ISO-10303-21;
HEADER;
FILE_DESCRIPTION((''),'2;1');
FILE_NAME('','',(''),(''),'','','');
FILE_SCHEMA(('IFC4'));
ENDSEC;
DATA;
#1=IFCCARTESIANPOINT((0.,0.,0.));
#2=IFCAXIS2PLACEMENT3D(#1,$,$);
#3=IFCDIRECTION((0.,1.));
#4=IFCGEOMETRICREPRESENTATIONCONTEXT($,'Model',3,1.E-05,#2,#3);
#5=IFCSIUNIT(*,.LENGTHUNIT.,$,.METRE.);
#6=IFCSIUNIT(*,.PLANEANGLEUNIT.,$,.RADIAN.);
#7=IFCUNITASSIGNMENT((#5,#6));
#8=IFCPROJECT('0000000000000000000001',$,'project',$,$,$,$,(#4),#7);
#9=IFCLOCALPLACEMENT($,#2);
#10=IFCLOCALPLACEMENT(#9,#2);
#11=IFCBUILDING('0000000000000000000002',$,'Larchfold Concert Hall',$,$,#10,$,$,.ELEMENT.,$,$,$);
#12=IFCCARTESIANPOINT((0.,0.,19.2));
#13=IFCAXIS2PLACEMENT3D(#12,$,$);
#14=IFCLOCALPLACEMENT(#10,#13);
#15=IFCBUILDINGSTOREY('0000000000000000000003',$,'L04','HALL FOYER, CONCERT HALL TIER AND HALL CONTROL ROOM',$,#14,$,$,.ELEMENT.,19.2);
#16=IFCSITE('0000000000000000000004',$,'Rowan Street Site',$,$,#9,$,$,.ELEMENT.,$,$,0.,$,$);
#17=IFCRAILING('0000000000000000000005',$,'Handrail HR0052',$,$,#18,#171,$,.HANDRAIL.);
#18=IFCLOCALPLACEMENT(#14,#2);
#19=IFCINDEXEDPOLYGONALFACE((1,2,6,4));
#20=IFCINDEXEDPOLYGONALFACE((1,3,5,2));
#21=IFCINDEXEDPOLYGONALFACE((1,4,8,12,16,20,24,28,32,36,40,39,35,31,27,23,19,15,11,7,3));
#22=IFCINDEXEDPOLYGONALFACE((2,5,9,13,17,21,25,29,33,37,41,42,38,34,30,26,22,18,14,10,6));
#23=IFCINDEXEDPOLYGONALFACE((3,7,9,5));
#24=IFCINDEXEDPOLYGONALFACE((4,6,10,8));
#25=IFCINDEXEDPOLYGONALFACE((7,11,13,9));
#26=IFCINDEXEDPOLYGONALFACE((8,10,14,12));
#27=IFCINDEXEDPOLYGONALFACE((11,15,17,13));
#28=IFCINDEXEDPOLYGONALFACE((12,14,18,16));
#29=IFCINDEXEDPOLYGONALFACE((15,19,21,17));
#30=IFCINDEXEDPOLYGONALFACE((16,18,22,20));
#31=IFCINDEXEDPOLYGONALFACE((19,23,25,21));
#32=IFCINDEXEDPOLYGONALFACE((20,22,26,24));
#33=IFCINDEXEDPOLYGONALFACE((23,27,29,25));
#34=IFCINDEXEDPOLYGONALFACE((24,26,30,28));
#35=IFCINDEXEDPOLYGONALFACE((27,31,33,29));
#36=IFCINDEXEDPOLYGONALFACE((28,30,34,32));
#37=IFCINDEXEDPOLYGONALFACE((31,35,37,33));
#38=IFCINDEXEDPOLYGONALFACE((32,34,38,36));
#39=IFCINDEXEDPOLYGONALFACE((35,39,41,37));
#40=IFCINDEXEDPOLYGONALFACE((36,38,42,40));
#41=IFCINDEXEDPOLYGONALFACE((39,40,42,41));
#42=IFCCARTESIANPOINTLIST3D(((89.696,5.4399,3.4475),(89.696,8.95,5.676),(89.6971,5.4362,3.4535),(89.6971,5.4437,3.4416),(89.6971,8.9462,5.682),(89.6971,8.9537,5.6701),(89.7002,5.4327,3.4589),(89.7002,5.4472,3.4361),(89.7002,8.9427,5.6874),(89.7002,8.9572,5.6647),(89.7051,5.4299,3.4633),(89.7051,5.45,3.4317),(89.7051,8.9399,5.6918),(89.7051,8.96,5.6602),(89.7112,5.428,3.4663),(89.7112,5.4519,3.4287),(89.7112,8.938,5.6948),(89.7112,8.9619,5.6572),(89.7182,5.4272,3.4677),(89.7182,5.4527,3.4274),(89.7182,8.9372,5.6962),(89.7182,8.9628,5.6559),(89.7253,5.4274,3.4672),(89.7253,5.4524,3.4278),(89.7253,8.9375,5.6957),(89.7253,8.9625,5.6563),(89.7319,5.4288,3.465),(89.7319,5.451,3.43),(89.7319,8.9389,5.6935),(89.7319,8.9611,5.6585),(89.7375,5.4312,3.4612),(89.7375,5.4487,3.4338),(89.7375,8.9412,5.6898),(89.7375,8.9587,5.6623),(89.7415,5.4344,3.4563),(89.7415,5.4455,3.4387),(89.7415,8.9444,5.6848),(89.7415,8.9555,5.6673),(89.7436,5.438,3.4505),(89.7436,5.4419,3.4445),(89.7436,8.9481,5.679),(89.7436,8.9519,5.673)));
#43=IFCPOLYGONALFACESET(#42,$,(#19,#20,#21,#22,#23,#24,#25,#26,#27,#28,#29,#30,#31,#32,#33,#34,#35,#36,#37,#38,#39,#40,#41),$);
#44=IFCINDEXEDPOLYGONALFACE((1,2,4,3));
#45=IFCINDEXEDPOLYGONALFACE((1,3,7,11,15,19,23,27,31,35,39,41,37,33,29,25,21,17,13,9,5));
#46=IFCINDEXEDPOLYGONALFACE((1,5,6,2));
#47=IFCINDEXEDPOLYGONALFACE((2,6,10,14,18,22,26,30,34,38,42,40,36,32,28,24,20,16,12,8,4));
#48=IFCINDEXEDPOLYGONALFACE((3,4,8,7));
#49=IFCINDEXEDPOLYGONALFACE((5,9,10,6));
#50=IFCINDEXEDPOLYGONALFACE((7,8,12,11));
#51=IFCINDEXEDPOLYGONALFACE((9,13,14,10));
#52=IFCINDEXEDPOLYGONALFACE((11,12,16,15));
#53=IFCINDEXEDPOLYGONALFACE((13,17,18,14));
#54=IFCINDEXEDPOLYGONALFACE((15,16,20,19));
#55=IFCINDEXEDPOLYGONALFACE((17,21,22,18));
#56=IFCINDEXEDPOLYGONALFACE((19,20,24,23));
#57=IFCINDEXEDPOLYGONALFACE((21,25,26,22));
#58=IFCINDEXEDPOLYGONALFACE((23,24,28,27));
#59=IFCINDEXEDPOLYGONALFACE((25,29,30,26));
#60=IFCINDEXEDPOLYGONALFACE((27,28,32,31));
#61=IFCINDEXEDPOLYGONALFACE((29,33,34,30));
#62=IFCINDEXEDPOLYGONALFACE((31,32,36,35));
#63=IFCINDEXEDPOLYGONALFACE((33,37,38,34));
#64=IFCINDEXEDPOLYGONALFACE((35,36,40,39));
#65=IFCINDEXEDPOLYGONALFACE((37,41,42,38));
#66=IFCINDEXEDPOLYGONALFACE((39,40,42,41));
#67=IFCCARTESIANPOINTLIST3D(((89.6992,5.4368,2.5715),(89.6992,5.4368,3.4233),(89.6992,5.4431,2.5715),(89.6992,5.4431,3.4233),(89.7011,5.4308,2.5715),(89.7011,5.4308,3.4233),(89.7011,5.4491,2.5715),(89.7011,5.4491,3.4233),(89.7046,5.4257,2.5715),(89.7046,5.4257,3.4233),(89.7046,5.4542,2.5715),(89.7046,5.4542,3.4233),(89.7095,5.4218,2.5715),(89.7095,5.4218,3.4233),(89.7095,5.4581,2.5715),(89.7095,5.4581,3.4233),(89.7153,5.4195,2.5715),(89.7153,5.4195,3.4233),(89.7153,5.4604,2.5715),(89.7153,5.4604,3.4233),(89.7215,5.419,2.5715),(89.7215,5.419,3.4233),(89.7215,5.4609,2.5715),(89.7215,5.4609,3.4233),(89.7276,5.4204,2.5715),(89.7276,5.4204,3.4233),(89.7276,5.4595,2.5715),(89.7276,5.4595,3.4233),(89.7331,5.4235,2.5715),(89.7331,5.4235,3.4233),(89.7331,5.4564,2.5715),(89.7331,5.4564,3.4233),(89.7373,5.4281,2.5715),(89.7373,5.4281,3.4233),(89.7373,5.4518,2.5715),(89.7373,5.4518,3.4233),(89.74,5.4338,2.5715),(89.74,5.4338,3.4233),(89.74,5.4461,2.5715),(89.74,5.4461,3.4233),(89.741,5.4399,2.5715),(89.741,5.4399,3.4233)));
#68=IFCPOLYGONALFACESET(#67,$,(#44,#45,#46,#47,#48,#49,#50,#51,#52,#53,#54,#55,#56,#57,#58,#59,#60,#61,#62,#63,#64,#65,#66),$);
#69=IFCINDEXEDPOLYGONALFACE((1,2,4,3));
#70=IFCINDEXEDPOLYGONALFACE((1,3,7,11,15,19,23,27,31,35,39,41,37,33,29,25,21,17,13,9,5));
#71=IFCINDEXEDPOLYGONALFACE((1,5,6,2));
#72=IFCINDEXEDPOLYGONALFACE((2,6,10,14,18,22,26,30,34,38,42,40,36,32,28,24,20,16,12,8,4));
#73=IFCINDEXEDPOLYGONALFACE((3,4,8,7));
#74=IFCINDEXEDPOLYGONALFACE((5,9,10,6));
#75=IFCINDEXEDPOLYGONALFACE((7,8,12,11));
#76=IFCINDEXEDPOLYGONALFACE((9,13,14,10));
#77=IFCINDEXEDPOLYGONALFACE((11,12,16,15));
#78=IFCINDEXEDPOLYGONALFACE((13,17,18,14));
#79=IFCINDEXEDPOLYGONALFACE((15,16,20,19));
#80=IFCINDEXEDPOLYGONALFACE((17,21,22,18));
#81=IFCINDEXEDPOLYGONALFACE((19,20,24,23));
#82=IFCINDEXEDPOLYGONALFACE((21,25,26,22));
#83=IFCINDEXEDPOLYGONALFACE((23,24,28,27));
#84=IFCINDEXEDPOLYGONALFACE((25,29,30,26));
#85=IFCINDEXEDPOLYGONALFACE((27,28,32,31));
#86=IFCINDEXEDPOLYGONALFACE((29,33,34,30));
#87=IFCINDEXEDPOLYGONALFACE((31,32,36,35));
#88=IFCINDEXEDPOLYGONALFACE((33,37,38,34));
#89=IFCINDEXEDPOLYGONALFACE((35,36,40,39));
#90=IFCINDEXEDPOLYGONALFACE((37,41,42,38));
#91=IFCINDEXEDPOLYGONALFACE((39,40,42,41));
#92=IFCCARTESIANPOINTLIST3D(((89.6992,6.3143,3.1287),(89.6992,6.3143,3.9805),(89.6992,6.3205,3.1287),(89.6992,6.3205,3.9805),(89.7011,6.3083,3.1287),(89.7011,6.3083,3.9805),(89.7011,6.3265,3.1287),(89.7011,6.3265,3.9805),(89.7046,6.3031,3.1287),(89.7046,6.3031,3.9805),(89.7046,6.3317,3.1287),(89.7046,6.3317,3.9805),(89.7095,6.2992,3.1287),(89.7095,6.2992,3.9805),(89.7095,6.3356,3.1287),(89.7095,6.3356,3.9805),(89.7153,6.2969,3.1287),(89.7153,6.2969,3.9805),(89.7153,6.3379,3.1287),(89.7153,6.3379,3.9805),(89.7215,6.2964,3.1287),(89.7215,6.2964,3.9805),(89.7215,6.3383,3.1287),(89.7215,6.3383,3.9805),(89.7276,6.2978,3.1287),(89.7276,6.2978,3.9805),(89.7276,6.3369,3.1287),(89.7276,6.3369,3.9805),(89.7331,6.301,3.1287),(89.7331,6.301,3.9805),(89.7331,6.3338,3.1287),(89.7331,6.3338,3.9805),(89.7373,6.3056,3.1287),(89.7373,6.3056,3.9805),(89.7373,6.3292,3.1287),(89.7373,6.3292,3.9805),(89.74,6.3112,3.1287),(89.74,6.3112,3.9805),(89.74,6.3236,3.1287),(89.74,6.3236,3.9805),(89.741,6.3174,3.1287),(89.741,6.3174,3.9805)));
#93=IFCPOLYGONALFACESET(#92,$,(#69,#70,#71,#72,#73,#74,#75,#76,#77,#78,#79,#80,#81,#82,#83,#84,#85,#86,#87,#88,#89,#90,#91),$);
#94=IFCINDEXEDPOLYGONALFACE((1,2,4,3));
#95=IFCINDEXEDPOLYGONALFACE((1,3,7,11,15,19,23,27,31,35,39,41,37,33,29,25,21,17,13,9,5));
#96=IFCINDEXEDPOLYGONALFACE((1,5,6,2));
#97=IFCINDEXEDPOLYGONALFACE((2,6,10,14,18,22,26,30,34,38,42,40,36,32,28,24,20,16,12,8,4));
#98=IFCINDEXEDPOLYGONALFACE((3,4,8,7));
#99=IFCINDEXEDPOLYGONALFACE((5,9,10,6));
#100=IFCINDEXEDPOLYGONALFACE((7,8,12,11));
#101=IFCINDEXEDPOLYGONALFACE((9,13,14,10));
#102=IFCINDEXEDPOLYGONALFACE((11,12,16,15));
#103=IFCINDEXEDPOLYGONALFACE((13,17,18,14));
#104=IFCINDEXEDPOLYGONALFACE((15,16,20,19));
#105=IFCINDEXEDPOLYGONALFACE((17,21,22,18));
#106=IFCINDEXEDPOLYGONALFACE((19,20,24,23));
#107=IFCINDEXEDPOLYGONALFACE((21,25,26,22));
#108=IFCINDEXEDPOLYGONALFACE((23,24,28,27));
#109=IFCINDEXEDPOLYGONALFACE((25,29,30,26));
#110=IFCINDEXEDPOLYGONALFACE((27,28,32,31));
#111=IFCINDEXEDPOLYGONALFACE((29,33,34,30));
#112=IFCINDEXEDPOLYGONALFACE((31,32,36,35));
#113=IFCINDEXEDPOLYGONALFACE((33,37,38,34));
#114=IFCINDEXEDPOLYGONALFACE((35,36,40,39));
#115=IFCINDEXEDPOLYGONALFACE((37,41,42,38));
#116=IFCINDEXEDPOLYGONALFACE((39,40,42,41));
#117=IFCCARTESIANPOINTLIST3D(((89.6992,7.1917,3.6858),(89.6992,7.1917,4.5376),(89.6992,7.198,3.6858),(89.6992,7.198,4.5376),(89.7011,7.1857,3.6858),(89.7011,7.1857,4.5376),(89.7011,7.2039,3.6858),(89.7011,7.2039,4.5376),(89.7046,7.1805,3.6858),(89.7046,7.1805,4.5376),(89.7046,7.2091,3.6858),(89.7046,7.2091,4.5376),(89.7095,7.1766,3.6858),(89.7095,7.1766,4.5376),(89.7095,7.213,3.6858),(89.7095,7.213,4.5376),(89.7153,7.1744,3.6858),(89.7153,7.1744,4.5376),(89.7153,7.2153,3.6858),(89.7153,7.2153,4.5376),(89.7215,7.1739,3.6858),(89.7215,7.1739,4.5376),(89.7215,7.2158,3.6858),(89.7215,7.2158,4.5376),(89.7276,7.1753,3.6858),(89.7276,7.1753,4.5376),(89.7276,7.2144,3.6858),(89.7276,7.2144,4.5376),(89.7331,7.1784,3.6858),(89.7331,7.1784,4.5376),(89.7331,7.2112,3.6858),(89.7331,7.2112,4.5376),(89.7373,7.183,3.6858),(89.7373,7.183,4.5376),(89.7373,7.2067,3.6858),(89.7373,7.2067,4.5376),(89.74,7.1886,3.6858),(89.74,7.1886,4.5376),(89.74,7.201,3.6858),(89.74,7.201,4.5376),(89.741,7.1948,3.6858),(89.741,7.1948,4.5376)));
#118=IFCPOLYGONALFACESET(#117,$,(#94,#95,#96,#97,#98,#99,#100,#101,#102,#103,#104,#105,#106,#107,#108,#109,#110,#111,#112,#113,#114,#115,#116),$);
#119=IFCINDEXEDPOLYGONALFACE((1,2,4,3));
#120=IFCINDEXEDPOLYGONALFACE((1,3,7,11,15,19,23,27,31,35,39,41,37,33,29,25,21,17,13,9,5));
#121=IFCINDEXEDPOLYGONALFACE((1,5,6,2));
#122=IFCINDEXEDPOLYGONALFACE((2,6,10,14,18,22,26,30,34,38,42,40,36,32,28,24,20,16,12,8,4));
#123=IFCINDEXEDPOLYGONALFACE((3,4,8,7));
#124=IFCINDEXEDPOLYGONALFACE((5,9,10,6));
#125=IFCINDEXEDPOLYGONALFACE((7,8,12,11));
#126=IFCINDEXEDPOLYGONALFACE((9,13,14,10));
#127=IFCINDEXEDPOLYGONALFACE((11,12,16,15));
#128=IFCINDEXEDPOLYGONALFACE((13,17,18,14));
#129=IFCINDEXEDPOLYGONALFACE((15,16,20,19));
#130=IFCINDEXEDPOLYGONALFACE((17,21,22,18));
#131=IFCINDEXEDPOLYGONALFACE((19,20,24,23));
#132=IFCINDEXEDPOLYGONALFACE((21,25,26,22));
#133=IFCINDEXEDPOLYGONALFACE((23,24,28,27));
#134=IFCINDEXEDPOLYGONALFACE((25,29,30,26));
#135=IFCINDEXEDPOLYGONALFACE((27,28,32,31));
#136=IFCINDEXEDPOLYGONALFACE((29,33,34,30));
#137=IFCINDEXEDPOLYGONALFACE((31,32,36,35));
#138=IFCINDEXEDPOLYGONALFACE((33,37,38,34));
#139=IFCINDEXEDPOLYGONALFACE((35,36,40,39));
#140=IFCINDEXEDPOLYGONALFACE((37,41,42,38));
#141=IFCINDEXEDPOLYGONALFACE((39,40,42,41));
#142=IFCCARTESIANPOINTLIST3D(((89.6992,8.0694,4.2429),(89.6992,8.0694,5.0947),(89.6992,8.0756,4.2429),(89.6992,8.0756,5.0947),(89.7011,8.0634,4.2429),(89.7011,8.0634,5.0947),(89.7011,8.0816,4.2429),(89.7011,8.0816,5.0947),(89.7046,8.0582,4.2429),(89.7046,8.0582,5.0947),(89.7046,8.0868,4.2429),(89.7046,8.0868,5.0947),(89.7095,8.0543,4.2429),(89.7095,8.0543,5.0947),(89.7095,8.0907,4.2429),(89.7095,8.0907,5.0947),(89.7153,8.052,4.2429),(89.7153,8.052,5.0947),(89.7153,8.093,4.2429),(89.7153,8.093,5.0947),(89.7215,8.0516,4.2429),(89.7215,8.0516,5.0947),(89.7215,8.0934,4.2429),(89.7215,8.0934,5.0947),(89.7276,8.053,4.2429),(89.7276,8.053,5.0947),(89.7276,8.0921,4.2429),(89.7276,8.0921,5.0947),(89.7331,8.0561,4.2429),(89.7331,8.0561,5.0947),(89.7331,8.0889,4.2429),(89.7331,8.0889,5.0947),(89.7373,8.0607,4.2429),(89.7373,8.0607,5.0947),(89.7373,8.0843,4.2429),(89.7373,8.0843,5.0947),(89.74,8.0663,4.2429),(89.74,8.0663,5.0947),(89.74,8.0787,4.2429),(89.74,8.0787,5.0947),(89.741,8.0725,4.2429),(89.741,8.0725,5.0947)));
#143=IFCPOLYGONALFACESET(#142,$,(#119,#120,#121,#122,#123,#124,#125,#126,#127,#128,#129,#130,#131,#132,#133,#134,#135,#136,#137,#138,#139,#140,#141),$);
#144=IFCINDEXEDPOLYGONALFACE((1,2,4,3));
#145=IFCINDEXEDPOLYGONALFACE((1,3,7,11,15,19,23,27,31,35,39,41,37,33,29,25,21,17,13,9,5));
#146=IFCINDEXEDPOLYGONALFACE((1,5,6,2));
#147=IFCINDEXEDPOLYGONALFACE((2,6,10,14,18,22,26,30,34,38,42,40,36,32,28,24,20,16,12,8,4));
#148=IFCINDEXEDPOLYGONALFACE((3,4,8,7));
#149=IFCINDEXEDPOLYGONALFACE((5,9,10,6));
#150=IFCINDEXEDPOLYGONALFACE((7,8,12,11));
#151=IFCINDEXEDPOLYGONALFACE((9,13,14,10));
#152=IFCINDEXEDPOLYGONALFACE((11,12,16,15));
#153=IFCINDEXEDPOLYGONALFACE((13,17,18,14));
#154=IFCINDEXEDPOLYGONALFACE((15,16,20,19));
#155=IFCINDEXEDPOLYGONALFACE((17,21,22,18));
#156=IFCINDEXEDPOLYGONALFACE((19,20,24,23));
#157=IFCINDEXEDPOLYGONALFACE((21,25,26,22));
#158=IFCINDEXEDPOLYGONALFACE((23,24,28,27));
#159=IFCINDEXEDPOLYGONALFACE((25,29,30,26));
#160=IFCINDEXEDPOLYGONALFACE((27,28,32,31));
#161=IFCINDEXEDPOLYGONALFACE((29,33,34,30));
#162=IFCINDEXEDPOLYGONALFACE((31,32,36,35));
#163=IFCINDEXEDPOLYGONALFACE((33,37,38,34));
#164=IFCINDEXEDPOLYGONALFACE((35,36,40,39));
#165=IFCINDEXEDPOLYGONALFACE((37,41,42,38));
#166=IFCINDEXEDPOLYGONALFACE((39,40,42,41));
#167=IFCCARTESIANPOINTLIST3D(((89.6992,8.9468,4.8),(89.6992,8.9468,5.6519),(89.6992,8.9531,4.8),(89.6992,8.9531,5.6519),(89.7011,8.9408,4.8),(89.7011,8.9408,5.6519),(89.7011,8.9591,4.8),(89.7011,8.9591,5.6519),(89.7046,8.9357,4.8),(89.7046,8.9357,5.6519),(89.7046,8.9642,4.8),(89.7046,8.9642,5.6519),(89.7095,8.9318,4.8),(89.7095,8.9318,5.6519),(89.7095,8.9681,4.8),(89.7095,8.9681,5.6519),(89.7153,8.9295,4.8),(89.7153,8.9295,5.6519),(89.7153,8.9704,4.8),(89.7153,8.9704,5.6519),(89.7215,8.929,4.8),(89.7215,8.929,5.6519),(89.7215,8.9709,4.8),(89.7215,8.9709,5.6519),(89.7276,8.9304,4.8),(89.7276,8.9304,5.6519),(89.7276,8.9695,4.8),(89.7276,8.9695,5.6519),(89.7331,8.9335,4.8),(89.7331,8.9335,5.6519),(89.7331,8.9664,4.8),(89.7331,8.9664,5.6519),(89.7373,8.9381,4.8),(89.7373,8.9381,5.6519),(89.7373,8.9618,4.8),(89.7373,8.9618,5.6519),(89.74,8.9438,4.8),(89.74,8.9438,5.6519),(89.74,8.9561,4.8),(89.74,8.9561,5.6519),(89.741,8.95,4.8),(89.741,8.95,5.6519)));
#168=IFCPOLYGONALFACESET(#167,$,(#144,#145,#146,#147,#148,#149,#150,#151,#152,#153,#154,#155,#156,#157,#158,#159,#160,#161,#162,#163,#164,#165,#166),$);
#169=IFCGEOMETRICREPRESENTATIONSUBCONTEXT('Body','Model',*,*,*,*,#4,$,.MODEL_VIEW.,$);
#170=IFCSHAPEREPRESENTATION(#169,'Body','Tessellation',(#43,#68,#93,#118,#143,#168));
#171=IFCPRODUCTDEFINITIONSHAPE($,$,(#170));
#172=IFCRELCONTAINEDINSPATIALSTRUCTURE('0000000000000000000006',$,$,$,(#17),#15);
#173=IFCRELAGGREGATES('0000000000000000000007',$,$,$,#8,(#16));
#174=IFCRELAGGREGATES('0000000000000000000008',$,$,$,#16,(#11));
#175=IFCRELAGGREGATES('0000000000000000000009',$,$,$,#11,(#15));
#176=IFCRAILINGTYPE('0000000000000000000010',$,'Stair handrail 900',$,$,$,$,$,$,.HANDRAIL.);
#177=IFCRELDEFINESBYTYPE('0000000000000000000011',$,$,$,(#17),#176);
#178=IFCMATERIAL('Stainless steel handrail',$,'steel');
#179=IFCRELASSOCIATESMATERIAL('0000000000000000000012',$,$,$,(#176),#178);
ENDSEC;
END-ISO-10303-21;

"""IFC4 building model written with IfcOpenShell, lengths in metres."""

from ifc_helpers import new_model, si_unit, direction, frame, origin, origin_2d, place, context, subcontext, project, spatial, circle, extrude, material, type_object, element, save


model = new_model("IFC4")

# Units and contexts
model_context = context("Model", 3, precision=1e-05, world=origin(), true_north=direction((0.0, 1.0)))
body_context = subcontext(model_context, "Body", "Model", "MODEL_VIEW")
ifc_project = project(units=[si_unit("LENGTHUNIT", "METRE"), si_unit("PLANEANGLEUNIT", "RADIAN")], contexts=[model_context])

# Site, building, storey
site_placement = place(None, origin())
site = spatial("IfcSite", under=ifc_project, at=site_placement, Name="Rowan Street Site", CompositionType="ELEMENT", RefElevation=0.0)
building_placement = place(site_placement, origin())
building = spatial("IfcBuilding", under=site, at=building_placement, Name="Larchfold Concert Hall", CompositionType="ELEMENT")
storey_placement = place(building_placement, frame((0.0, 0.0, 19.2)))
storey = spatial("IfcBuildingStorey", under=building, at=storey_placement, Name="L04", Description="HALL FOYER, CONCERT HALL TIER AND HALL CONTROL ROOM", CompositionType="ELEMENT", Elevation=19.2)

# Railing
ifc_material_1 = material(Name="Stainless steel handrail", Category="steel")
railing_type_1 = type_object("IfcRailingType", Name="Stair handrail 900", PredefinedType="HANDRAIL", material=ifc_material_1)
railing_1_placement = place(storey_placement, frame((89.72, 5.4399, 2.5715)))
element("IfcRailing", 1, at=railing_1_placement, inside=storey, type_object=railing_type_1, Name="Handrail HR0052", PredefinedType="HANDRAIL", context=body_context, shape_type="SweptSolid", body=[
    extrude(circle(Radius=0.0239, at=origin_2d()), frame((0.0, 0.0, 0.876), z_axis=(0.0, 0.84422, 0.535998), x_axis=(-1.0, 0.0, 0.0)), (0.0, 0.0, 1.0), 4.1577),
    extrude(circle(Radius=0.021, at=origin_2d()), origin(), (0.0, 0.0, 1.0), 0.8518),
    extrude(circle(Radius=0.021, at=origin_2d()), frame((0.0, 0.8774, 0.5571)), (0.0, 0.0, 1.0), 0.8518),
    extrude(circle(Radius=0.021, at=origin_2d()), frame((0.0, 1.7549, 1.1143)), (0.0, 0.0, 1.0), 0.8518),
    extrude(circle(Radius=0.021, at=origin_2d()), frame((0.0, 2.6326, 1.6714)), (0.0, 0.0, 1.0), 0.8518),
    extrude(circle(Radius=0.021, at=origin_2d()), frame((0.0, 3.51, 2.2285)), (0.0, 0.0, 1.0), 0.8518),
])

save(model, "model.ifc")
